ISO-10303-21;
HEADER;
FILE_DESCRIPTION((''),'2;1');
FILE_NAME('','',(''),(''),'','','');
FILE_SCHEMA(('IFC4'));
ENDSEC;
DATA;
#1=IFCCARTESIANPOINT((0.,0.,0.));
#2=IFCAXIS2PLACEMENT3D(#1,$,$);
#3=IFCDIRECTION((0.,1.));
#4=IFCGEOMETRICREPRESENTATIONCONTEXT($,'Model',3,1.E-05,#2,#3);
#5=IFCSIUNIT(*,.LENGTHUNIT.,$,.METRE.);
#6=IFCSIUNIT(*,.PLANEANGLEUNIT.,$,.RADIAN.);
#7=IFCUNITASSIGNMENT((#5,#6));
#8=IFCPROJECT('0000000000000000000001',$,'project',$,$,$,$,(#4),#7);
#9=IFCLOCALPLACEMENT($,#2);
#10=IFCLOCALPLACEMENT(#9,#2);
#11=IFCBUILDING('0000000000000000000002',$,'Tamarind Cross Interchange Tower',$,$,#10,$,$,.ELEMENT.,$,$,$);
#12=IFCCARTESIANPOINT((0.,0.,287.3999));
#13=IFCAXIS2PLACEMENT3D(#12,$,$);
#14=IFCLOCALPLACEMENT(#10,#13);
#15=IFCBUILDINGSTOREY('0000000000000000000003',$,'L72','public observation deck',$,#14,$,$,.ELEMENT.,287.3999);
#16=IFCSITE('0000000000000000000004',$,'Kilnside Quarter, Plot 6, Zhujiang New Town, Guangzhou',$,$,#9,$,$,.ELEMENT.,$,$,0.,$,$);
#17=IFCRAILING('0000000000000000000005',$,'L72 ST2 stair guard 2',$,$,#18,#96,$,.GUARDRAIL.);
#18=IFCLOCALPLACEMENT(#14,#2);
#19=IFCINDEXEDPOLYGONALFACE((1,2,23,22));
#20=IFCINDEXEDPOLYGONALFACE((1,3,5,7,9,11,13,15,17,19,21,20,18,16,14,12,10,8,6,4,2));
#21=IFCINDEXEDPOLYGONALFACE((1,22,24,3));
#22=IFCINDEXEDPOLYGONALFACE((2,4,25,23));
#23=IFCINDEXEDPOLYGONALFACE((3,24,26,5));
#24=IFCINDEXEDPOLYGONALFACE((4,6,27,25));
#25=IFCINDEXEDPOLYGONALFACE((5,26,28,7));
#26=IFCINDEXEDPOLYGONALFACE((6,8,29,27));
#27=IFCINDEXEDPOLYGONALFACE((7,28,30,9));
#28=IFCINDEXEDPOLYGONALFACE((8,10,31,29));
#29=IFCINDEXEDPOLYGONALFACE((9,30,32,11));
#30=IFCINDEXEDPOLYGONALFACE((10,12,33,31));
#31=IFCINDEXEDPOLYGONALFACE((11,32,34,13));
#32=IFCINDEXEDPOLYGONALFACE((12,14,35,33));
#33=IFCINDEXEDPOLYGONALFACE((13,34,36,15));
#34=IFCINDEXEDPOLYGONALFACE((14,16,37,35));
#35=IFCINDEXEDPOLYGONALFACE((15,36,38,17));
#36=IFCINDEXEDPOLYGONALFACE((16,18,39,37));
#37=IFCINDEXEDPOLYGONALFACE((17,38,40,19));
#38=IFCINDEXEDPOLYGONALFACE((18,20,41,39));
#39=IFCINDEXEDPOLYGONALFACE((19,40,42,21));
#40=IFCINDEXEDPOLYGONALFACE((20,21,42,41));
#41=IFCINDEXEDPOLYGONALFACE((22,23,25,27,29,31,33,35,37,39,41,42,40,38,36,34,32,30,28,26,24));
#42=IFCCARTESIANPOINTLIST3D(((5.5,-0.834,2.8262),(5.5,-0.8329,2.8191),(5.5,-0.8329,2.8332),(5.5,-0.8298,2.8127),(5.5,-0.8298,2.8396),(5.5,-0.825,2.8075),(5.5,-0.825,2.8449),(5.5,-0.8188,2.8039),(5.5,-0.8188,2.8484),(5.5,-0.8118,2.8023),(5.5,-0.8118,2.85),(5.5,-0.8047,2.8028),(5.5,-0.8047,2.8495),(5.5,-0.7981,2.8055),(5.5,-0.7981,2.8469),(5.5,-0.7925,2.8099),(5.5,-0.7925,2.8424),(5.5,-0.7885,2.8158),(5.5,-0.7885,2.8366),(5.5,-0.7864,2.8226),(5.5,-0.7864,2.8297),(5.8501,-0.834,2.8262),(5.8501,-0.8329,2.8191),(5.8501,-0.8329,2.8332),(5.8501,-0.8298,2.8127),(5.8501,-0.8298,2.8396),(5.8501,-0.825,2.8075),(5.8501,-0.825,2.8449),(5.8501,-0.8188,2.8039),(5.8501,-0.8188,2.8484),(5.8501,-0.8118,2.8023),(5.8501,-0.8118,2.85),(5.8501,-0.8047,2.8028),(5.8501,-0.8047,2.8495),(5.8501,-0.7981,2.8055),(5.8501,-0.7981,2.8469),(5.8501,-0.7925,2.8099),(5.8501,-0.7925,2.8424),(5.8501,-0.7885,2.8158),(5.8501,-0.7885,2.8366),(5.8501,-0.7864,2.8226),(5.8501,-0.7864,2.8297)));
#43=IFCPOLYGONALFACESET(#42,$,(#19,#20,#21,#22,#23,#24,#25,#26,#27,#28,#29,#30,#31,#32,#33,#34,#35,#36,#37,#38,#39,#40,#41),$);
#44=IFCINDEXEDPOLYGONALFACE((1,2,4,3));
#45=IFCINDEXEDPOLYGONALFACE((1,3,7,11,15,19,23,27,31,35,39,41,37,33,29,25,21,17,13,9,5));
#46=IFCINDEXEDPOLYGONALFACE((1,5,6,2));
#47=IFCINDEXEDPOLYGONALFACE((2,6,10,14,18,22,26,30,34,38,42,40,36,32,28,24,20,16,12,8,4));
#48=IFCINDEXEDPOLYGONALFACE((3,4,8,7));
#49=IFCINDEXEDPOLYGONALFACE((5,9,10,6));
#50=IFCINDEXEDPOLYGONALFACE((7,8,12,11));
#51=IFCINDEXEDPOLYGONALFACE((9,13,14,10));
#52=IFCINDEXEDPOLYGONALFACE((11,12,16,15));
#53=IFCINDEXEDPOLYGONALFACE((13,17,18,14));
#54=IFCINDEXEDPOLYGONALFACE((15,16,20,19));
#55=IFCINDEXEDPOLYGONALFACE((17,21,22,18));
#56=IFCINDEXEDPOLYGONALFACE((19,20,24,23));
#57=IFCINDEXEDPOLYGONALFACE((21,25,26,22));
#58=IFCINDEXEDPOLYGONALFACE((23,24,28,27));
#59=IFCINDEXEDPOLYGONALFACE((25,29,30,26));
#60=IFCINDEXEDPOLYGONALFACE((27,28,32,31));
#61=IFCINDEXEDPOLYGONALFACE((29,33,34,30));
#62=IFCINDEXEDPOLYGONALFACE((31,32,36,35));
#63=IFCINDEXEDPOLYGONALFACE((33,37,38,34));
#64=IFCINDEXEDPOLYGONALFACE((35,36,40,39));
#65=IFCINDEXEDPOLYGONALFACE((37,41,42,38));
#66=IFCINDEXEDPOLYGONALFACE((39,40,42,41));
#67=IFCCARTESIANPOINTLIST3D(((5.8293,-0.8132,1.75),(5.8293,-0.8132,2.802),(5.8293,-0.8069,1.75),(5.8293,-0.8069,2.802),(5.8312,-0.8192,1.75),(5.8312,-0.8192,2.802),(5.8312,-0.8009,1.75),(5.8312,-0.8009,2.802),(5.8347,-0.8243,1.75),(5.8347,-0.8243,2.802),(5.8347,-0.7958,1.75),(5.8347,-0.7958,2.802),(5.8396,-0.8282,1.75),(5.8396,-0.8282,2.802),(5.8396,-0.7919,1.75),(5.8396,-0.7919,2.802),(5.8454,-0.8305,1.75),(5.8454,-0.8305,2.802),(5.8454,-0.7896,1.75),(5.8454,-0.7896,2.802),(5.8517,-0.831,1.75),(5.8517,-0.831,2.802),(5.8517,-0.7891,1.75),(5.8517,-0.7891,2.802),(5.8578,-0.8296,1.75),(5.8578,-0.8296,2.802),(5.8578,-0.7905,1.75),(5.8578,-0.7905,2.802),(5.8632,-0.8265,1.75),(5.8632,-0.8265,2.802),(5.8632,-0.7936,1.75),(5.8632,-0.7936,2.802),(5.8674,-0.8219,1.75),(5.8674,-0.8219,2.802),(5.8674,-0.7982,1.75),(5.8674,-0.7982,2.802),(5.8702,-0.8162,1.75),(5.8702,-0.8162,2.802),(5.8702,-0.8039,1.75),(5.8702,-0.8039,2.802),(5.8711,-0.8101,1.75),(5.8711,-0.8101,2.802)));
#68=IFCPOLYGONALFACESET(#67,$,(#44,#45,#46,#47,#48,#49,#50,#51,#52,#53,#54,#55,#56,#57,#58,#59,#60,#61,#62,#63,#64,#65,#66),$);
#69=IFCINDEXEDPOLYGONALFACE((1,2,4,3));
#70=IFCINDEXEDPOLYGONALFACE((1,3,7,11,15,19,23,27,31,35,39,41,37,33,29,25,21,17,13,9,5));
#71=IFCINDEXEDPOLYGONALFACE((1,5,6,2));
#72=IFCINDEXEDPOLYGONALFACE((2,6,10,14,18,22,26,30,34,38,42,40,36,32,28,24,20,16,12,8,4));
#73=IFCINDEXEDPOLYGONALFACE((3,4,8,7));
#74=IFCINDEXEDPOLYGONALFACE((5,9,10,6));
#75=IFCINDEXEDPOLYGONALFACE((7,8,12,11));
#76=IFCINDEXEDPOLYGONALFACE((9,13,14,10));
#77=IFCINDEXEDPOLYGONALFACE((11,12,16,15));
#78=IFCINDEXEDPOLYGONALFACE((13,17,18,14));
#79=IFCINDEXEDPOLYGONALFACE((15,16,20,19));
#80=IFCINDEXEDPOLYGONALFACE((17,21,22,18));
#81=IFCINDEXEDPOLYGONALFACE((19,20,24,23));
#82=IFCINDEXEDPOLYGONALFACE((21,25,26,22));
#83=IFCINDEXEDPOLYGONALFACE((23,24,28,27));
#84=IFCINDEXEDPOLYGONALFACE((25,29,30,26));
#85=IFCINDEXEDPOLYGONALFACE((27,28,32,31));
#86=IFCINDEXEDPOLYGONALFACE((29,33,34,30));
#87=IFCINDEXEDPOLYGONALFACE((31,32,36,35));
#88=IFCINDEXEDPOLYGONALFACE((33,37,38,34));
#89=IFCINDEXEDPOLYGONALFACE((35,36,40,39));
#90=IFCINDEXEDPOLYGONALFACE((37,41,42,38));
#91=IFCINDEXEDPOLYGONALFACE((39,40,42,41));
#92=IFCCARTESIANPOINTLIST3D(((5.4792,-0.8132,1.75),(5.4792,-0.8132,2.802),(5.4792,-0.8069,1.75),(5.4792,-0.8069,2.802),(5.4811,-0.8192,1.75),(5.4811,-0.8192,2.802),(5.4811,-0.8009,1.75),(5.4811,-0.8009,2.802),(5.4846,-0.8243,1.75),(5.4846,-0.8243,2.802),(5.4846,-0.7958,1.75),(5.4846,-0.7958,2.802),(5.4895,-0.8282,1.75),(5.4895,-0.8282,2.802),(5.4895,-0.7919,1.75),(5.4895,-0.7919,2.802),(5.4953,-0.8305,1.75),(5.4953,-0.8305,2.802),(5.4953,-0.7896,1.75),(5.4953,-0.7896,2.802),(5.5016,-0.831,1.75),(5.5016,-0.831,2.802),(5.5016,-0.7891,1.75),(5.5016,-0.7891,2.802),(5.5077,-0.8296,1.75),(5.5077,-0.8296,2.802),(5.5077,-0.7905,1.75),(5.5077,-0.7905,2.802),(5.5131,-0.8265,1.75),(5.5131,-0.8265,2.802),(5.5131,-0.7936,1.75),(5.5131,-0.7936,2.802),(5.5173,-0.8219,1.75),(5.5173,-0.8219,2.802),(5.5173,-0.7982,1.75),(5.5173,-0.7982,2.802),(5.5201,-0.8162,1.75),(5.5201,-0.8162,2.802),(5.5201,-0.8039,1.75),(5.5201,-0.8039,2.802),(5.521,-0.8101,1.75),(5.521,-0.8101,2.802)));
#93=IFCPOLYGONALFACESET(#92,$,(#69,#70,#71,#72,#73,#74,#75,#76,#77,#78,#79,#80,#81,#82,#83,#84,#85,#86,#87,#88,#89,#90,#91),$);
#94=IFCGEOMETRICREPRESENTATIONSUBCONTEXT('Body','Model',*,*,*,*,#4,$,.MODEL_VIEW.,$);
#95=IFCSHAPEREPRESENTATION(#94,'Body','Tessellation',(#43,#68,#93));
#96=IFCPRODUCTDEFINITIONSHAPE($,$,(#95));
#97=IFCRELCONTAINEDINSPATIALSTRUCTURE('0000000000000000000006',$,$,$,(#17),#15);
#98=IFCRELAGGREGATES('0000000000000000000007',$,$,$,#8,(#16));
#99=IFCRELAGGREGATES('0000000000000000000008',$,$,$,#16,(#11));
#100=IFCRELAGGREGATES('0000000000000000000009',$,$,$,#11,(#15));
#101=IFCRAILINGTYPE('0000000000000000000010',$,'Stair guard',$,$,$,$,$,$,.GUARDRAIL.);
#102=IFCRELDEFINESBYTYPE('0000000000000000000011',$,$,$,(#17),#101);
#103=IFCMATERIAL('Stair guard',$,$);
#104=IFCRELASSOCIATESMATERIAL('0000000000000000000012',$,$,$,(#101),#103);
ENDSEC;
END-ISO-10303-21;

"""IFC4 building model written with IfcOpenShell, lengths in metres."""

from ifc_helpers import new_model, si_unit, direction, frame, origin, origin_2d, place, context, subcontext, project, spatial, circle, extrude, material, type_object, element, save


model = new_model("IFC4")

# Units and contexts
model_context = context("Model", 3, precision=1e-05, world=origin(), true_north=direction((0.0, 1.0)))
body_context = subcontext(model_context, "Body", "Model", "MODEL_VIEW")
ifc_project = project(units=[si_unit("LENGTHUNIT", "METRE"), si_unit("PLANEANGLEUNIT", "RADIAN")], contexts=[model_context])

# Site, building, storey
site_placement = place(None, origin())
site = spatial("IfcSite", under=ifc_project, at=site_placement, Name="Kilnside Quarter, Plot 6, Zhujiang New Town, Guangzhou", CompositionType="ELEMENT", RefElevation=0.0)
building_placement = place(site_placement, origin())
building = spatial("IfcBuilding", under=site, at=building_placement, Name="Tamarind Cross Interchange Tower", CompositionType="ELEMENT")
storey_placement = place(building_placement, frame((0.0, 0.0, 287.3999)))
storey = spatial("IfcBuildingStorey", under=building, at=storey_placement, Name="L72", Description="public observation deck", CompositionType="ELEMENT", Elevation=287.3999)

# Railing
ifc_material_1 = material(Name="Stair guard")
railing_type_1 = type_object("IfcRailingType", Name="Stair guard", PredefinedType="GUARDRAIL", material=ifc_material_1)
railing_1_placement = place(storey_placement, frame((5.8501, -0.8101, 1.75)))
element("IfcRailing", 1, at=railing_1_placement, inside=storey, type_object=railing_type_1, Name="L72 ST2 stair guard 2", PredefinedType="GUARDRAIL", context=body_context, shape_type="SweptSolid", body=[
    extrude(circle(Radius=0.0239, at=origin_2d()), frame((0.0, 0.0, 1.0762), z_axis=(-1.0, 0.0, 0.0), x_axis=(0.0, -1.0, 0.0)), (0.0, 0.0, 1.0), 0.3501),
    extrude(circle(Radius=0.021, at=origin_2d()), origin(), (0.0, 0.0, 1.0), 1.052),
    extrude(circle(Radius=0.021, at=origin_2d()), frame((-0.3501, 0.0, 0.0)), (0.0, 0.0, 1.0), 1.052),
])

save(model, "model.ifc")
